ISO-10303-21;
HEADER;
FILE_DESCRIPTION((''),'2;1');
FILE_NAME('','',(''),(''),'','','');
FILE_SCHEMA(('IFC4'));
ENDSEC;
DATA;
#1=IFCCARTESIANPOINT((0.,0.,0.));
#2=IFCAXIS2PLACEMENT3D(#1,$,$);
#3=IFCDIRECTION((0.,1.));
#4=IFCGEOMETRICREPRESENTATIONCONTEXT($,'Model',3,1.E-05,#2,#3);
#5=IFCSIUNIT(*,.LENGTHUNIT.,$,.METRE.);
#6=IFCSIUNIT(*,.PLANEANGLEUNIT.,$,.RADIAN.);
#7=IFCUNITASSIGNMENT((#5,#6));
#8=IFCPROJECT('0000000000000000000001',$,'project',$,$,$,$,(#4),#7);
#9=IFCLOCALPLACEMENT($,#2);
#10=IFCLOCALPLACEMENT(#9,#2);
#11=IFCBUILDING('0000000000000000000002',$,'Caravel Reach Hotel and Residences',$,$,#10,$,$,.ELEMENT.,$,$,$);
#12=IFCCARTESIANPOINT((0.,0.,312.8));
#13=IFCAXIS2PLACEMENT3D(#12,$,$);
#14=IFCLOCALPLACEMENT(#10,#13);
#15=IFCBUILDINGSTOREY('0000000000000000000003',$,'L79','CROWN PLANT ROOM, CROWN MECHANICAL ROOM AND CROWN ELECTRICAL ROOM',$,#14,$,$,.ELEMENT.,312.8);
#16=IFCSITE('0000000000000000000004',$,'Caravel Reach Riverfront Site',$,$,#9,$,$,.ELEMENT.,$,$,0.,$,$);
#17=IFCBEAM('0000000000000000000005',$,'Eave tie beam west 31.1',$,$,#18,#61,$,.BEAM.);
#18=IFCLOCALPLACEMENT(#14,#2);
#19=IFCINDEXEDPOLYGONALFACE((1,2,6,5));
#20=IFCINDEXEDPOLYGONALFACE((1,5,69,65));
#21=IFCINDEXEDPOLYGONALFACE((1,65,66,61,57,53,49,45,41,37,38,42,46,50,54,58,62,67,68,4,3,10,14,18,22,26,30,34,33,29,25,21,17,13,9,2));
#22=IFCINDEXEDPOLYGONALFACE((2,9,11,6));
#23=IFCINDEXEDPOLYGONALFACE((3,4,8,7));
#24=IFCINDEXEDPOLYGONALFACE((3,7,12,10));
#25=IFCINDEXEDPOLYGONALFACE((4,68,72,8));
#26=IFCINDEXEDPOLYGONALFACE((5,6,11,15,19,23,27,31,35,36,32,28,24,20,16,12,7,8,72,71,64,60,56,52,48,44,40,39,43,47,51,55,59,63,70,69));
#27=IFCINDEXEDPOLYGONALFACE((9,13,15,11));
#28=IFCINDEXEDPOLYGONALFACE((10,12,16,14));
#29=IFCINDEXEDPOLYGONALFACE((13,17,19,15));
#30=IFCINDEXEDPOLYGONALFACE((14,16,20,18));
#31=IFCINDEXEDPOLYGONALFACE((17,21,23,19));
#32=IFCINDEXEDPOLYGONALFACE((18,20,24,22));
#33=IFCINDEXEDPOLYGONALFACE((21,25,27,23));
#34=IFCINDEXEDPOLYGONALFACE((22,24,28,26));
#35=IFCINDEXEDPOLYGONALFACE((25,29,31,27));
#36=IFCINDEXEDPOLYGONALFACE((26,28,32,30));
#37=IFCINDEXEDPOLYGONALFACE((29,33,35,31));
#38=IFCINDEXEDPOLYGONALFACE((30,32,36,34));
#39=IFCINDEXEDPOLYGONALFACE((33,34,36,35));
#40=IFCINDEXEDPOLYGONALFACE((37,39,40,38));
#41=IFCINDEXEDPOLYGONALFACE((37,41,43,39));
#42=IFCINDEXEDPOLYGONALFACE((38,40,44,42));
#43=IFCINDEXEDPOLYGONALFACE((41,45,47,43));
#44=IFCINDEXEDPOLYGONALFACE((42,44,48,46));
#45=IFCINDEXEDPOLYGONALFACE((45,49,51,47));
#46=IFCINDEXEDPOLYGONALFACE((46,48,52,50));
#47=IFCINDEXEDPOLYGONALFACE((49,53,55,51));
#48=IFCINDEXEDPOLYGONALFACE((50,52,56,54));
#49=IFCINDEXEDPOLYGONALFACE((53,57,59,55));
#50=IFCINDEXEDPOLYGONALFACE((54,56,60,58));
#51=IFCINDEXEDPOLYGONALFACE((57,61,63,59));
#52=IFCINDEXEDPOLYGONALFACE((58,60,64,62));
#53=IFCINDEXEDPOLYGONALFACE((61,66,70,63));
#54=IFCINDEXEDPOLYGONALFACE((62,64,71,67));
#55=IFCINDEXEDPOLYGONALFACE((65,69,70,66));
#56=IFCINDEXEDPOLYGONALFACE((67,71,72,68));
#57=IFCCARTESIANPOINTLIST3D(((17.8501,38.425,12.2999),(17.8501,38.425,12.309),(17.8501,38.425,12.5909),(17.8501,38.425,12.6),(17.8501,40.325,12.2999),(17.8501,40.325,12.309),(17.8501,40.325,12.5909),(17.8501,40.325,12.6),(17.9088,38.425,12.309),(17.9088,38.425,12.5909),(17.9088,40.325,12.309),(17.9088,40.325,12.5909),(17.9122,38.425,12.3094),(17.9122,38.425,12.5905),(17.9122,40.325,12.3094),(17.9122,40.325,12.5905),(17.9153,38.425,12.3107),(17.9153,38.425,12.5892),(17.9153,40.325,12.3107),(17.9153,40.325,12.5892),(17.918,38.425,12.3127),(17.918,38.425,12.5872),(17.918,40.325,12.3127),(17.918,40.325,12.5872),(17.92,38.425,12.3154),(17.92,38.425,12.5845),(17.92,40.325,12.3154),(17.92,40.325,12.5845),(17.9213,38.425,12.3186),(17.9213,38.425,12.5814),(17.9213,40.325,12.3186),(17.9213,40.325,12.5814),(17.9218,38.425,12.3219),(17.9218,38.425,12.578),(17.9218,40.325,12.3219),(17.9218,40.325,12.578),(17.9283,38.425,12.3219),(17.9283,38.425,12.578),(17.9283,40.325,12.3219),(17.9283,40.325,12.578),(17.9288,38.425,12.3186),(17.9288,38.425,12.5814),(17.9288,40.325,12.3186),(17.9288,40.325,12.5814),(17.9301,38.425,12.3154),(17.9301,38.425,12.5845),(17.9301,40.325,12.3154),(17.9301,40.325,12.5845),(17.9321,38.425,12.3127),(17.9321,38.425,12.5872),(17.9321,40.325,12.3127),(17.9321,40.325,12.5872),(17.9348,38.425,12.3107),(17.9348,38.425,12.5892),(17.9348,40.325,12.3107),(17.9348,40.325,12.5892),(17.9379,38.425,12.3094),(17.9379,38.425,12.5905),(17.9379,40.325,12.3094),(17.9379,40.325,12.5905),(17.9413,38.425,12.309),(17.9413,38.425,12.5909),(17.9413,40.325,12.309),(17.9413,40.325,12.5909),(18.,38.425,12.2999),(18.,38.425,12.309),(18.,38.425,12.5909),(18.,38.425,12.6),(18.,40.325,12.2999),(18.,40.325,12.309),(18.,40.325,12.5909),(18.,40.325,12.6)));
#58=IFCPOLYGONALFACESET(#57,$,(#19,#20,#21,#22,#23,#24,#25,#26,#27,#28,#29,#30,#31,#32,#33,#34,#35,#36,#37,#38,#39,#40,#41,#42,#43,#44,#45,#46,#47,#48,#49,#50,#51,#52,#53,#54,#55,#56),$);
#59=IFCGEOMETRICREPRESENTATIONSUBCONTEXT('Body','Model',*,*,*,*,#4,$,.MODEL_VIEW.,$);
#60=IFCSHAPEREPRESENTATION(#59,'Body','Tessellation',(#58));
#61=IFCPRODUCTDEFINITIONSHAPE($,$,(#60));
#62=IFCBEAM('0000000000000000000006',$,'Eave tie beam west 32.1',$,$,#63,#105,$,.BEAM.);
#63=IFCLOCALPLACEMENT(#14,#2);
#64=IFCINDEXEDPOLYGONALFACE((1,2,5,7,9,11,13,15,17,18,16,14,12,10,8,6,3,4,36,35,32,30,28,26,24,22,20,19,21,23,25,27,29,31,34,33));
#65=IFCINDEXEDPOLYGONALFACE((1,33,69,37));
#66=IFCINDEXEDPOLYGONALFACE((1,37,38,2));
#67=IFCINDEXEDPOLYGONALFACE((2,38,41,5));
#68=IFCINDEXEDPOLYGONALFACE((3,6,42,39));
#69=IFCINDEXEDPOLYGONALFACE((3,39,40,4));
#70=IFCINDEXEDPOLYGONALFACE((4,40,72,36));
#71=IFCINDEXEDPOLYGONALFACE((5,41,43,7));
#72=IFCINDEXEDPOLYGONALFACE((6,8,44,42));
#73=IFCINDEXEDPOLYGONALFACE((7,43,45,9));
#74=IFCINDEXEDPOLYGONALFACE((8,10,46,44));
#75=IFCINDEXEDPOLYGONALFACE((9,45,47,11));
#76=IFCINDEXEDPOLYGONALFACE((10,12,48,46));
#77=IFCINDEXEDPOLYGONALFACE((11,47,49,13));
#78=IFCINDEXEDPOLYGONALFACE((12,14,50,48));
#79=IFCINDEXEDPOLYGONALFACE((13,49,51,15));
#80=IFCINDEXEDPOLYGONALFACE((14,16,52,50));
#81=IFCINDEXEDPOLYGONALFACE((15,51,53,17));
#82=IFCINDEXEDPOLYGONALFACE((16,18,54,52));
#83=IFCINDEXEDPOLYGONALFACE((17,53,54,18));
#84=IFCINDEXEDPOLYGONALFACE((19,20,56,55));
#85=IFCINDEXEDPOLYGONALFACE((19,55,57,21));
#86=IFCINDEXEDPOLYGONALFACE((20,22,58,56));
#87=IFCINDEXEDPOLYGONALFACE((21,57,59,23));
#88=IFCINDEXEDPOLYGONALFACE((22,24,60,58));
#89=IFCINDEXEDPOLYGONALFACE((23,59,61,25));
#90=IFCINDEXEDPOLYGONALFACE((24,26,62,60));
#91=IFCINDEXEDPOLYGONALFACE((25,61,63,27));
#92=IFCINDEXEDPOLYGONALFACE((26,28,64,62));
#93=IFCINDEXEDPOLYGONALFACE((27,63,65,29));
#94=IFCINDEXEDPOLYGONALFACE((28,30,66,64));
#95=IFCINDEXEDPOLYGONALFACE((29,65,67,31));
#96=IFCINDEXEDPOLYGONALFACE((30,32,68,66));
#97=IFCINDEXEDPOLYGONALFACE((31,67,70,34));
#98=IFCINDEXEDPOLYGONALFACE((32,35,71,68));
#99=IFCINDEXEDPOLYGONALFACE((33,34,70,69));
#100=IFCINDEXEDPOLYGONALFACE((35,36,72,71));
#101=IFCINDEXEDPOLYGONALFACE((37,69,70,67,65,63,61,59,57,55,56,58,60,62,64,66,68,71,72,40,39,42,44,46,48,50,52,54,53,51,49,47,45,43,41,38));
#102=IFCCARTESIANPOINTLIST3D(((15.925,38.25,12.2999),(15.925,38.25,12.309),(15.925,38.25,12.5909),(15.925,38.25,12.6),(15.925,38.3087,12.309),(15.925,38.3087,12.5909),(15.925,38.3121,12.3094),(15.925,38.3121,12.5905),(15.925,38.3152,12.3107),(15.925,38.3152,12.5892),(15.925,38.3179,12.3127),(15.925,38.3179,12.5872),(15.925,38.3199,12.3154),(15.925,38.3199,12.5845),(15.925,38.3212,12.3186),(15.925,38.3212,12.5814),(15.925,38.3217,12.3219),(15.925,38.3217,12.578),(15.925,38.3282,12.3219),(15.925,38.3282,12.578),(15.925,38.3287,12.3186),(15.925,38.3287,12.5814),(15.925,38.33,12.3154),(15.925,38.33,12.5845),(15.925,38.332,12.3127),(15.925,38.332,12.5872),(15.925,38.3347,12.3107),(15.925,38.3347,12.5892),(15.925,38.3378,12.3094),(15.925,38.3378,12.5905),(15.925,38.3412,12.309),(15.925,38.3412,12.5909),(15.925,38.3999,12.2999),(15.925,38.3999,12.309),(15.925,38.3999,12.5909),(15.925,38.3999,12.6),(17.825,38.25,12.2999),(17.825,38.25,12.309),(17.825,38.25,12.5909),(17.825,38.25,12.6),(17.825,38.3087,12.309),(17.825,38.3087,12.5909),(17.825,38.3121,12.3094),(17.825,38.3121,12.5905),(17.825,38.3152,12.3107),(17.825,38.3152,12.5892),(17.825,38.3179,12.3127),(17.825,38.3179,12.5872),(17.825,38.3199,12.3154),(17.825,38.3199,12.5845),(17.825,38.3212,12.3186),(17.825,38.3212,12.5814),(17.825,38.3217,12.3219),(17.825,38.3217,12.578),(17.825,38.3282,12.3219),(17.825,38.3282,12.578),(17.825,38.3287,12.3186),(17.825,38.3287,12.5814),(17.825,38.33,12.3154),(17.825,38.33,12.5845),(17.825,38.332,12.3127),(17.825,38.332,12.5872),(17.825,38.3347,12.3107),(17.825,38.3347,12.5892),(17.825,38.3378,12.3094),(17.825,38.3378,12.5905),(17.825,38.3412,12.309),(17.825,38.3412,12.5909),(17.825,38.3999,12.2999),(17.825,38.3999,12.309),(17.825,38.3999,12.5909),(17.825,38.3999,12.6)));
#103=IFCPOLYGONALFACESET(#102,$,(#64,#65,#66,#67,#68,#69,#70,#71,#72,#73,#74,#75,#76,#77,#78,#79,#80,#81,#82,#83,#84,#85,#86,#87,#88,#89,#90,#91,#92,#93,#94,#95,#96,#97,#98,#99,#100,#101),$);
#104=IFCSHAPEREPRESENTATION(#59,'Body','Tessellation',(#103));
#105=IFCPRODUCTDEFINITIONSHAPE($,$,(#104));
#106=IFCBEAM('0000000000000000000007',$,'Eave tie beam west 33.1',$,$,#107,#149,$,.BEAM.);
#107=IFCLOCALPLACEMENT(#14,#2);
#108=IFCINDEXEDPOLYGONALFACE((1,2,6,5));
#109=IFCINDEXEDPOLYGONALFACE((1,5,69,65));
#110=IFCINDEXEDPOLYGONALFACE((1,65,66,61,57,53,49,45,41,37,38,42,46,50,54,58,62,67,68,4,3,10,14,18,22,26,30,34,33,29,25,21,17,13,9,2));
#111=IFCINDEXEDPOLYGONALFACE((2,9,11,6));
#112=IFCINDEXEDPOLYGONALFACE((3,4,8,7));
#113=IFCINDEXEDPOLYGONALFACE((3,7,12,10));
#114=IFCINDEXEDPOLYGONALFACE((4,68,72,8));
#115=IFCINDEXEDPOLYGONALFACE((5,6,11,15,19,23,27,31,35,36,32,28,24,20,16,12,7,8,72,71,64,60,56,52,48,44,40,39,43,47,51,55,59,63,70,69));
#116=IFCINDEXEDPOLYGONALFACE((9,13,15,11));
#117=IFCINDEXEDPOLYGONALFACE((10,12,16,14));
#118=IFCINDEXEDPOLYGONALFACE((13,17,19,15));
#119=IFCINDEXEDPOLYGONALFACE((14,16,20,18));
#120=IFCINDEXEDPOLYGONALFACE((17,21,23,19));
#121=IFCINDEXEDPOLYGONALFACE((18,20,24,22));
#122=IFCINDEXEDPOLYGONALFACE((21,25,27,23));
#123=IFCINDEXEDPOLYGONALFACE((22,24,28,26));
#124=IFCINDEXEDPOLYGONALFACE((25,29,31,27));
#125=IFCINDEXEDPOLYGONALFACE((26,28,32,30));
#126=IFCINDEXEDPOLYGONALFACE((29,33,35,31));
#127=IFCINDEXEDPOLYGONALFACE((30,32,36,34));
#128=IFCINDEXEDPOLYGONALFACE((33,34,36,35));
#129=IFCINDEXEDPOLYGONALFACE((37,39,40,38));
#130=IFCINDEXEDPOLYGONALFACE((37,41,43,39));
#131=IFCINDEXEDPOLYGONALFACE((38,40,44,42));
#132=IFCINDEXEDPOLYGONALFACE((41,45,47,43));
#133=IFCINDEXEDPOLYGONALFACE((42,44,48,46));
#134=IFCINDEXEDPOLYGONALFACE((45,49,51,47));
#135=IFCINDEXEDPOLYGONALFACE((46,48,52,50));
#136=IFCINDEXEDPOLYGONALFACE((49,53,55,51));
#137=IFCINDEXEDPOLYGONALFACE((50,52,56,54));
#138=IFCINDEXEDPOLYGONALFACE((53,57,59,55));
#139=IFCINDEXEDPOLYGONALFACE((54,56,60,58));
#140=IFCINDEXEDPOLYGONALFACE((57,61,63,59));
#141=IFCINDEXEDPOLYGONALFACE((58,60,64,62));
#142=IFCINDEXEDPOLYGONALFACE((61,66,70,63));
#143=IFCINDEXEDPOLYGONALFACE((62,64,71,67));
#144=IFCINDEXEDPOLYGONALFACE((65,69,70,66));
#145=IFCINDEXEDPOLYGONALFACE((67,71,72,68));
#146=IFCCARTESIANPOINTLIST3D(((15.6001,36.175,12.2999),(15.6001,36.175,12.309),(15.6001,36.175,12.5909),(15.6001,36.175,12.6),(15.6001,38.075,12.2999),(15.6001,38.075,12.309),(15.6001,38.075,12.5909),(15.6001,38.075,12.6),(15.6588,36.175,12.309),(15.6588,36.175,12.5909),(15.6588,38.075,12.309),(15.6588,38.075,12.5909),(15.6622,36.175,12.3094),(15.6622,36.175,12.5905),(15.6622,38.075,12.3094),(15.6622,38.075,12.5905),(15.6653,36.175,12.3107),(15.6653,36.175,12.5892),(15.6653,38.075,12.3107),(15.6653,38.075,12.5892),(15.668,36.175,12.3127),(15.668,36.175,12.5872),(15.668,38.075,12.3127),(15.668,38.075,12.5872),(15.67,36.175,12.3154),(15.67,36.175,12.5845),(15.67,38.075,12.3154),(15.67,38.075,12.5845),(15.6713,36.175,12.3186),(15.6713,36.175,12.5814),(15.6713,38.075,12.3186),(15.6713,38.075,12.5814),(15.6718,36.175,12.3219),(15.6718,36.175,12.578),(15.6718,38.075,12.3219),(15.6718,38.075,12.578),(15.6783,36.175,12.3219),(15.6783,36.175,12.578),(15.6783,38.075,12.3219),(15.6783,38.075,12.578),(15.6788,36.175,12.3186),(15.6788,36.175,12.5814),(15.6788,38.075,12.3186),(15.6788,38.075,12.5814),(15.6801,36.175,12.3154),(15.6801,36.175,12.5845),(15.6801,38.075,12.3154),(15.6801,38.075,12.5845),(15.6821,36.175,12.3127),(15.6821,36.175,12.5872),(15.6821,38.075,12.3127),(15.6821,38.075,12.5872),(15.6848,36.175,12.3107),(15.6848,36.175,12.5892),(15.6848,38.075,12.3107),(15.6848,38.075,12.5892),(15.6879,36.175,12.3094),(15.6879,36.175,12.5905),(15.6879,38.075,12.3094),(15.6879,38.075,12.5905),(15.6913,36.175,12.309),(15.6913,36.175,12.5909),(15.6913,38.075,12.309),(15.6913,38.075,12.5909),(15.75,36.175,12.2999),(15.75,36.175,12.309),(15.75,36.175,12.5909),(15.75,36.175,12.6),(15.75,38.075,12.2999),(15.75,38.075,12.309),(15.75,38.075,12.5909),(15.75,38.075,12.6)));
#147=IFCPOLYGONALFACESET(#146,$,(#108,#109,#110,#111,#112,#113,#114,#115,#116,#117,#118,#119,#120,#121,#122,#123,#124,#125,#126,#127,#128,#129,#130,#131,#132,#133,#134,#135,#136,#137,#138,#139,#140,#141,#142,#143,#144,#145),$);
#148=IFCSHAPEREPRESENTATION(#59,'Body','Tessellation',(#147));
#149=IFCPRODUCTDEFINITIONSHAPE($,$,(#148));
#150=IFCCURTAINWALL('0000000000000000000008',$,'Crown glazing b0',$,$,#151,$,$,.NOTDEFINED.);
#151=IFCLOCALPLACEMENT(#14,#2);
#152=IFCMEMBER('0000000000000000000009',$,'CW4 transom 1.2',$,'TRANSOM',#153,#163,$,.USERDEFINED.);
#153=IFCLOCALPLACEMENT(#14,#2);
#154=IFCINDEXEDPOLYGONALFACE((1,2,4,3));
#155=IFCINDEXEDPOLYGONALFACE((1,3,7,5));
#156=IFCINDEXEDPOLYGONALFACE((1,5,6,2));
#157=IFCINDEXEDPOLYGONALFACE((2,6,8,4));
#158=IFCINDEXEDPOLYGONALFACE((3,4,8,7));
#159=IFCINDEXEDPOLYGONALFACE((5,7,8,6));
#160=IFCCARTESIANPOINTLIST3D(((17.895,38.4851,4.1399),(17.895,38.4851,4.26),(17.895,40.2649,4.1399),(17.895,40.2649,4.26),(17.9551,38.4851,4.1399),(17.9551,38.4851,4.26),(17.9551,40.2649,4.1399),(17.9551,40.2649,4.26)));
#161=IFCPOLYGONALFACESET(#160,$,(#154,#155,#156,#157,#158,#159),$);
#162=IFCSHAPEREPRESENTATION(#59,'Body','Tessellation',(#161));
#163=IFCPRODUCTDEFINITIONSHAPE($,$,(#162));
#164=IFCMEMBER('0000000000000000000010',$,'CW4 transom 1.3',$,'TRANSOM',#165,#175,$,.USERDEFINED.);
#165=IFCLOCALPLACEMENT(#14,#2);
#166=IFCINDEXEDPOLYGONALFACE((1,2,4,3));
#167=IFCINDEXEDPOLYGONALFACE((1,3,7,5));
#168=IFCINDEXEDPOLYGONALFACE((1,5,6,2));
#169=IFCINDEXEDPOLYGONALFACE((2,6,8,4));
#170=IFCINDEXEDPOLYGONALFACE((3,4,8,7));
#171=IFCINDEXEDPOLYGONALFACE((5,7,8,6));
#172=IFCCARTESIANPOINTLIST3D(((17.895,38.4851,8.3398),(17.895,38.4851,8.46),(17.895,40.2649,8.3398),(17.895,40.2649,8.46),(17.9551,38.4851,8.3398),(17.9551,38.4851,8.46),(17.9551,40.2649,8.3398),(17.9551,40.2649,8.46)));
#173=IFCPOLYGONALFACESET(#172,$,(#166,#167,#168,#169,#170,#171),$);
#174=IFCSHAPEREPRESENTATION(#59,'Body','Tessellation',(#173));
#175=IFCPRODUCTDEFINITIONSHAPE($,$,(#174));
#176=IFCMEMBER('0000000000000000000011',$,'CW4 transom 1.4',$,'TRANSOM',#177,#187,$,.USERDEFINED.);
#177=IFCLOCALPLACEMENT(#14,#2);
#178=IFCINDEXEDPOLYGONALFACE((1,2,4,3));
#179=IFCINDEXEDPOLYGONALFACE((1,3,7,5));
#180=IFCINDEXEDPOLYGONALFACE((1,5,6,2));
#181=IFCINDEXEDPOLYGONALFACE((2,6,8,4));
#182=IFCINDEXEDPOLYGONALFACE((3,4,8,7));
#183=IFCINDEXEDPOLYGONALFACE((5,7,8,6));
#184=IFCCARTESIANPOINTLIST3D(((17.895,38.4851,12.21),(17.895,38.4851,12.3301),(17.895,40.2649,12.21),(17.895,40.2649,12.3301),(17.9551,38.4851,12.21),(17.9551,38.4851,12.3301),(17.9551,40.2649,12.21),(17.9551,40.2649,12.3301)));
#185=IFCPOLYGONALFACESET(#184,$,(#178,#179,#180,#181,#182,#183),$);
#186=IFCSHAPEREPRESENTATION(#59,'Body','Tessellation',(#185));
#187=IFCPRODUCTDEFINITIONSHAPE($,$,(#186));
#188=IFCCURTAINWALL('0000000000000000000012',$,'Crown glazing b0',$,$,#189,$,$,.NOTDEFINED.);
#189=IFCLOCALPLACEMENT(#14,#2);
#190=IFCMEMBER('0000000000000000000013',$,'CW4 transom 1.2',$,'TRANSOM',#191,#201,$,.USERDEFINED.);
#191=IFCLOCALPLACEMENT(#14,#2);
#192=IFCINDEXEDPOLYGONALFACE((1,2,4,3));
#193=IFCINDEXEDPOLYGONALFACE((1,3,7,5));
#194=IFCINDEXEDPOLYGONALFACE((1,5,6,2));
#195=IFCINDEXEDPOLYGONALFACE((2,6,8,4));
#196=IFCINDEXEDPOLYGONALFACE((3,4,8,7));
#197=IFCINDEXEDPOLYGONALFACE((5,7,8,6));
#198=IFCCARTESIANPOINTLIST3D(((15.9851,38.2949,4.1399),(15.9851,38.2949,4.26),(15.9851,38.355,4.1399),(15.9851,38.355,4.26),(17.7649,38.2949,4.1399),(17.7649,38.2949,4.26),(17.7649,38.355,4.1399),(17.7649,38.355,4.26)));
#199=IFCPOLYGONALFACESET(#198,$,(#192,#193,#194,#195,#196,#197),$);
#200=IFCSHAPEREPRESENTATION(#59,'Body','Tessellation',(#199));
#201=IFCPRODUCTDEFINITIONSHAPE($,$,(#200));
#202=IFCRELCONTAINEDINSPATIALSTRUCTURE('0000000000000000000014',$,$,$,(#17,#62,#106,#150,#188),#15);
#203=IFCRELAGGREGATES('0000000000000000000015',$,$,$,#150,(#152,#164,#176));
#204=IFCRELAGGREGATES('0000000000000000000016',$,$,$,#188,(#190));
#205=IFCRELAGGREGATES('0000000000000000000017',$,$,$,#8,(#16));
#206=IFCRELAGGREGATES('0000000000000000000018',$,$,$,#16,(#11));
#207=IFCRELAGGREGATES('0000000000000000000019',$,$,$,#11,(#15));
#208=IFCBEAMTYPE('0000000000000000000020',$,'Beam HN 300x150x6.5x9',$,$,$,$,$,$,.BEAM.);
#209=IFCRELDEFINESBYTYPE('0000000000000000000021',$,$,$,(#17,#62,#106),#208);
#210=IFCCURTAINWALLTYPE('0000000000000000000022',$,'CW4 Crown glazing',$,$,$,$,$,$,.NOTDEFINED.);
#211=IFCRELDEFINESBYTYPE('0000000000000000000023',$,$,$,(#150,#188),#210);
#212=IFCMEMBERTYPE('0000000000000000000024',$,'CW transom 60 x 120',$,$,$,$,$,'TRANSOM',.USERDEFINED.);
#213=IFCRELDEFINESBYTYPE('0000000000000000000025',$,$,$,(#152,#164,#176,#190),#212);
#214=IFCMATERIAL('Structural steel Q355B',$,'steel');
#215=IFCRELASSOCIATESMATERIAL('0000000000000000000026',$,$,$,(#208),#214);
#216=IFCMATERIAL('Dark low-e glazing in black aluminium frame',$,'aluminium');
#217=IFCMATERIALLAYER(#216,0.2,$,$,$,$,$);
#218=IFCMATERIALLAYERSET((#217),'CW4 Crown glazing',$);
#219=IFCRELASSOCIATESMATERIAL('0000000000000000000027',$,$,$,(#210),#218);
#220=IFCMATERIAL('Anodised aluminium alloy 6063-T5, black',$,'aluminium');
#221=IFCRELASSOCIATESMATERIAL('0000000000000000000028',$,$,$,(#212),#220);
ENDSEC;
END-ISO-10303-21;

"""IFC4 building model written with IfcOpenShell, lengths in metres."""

from ifc_helpers import new_model, si_unit, direction, frame, origin, origin_2d, place, context, subcontext, project, spatial, rectangle, i_section, extrude, material, layer, layer_set, material_profile, profile_set, type_object, element, aggregate, save


model = new_model("IFC4")

# Units and contexts
model_context = context("Model", 3, precision=1e-05, world=origin(), true_north=direction((0.0, 1.0)))
body_context = subcontext(model_context, "Body", "Model", "MODEL_VIEW")
ifc_project = project(units=[si_unit("LENGTHUNIT", "METRE"), si_unit("PLANEANGLEUNIT", "RADIAN")], contexts=[model_context])

# Site, building, storey
site_placement = place(None, origin())
site = spatial("IfcSite", under=ifc_project, at=site_placement, Name="Caravel Reach Riverfront Site", CompositionType="ELEMENT", RefElevation=0.0)
building_placement = place(site_placement, origin())
building = spatial("IfcBuilding", under=site, at=building_placement, Name="Caravel Reach Hotel and Residences", CompositionType="ELEMENT")
storey_placement = place(building_placement, frame((0.0, 0.0, 312.8)))
storey = spatial("IfcBuildingStorey", under=building, at=storey_placement, Name="L79", Description="CROWN PLANT ROOM, CROWN MECHANICAL ROOM AND CROWN ELECTRICAL ROOM", CompositionType="ELEMENT", Elevation=312.8)

# Beams
ifc_material_1 = material(Name="Structural steel Q355B", Category="steel")
ifc_material_profile_1 = material_profile(ifc_material_1, i_section(OverallWidth=0.1499, OverallDepth=0.3, WebThickness=0.0066, FlangeThickness=0.009, FilletRadius=0.0129, at=origin_2d()), Name="HN 300x150x6.5x9")
ifc_profile_set_1 = profile_set([ifc_material_profile_1], Name="Structural steel Q355B")
beam_type = type_object("IfcBeamType", Name="Beam HN 300x150x6.5x9", PredefinedType="BEAM", material=ifc_profile_set_1)
for number, where, z_axis, x_axis, name in (
    (1, (17.925, 40.325, 12.45), (0.0, -1.0, 0.0), (1.0, 0.0, 0.0), "Eave tie beam west 31.1"),
    (2, (17.825, 38.325, 12.45), (-1.0, 0.0, 0.0), (0.0, -1.0, 0.0), "Eave tie beam west 32.1"),
    (3, (15.675, 38.075, 12.45), (0.0, -1.0, 0.0), (1.0, 0.0, 0.0), "Eave tie beam west 33.1"),
):
    element("IfcBeam", number, at=place(storey_placement, frame(where, z_axis=z_axis, x_axis=x_axis)), inside=storey, type_object=beam_type, Name=name, PredefinedType="BEAM", context=body_context, shape_type="SweptSolid", body=[
        extrude(i_section(OverallWidth=0.1499, OverallDepth=0.3, WebThickness=0.0066, FlangeThickness=0.009, FilletRadius=0.0129, at=origin_2d()), origin(), (0.0, 0.0, 1.0), 1.8999),
    ])

# Curtain walls, members
ifc_material_2 = material(Name="Dark low-e glazing in black aluminium frame", Category="aluminium")
ifc_layer_1 = layer(ifc_material_2, 0.2)
ifc_layer_set_1 = layer_set([ifc_layer_1], Name="CW4 Crown glazing")
curtain_wall_type = type_object("IfcCurtainWallType", Name="CW4 Crown glazing", PredefinedType="NOTDEFINED", material=ifc_layer_set_1)
curtain_wall_1_placement = place(storey_placement, origin())
curtain_wall_1 = element("IfcCurtainWall", 4, at=curtain_wall_1_placement, inside=storey, type_object=curtain_wall_type, Name="Crown glazing b0", PredefinedType="NOTDEFINED")
ifc_material_3 = material(Name="Anodised aluminium alloy 6063-T5, black", Category="aluminium")
ifc_material_profile_2 = material_profile(ifc_material_3, rectangle(XDim=0.0601, YDim=0.1201, at=origin_2d()), Name="CW transom 60 x 120")
ifc_profile_set_2 = profile_set([ifc_material_profile_2], Name="Anodised aluminium alloy 6063-T5, black")
member_type = type_object("IfcMemberType", Name="CW transom 60 x 120", ElementType="TRANSOM", PredefinedType="USERDEFINED", material=ifc_profile_set_2)
member_1_placement = place(storey_placement, frame((17.925, 40.2649, 4.2), z_axis=(0.0, -1.0, 0.0), x_axis=(1.0, 0.0, 0.0)))
member_1 = element("IfcMember", 5, at=member_1_placement, type_object=member_type, Name="CW4 transom 1.2", ObjectType="TRANSOM", PredefinedType="USERDEFINED", context=body_context, shape_type="SweptSolid", body=[
    extrude(rectangle(XDim=0.0601, YDim=0.1201, at=origin_2d()), origin(), (0.0, 0.0, 1.0), 1.7798),
])
member_2_placement = place(storey_placement, frame((17.925, 40.2649, 8.3999), z_axis=(0.0, -1.0, 0.0), x_axis=(1.0, 0.0, 0.0)))
member_2 = element("IfcMember", 6, at=member_2_placement, type_object=member_type, Name="CW4 transom 1.3", ObjectType="TRANSOM", PredefinedType="USERDEFINED", context=body_context, shape_type="SweptSolid", body=[
    extrude(rectangle(XDim=0.0601, YDim=0.1201, at=origin_2d()), origin(), (0.0, 0.0, 1.0), 1.7798),
])
member_3_placement = place(storey_placement, frame((17.925, 40.2649, 12.27), z_axis=(0.0, -1.0, 0.0), x_axis=(1.0, 0.0, 0.0)))
member_3 = element("IfcMember", 7, at=member_3_placement, type_object=member_type, Name="CW4 transom 1.4", ObjectType="TRANSOM", PredefinedType="USERDEFINED", context=body_context, shape_type="SweptSolid", body=[
    extrude(rectangle(XDim=0.0601, YDim=0.1201, at=origin_2d()), origin(), (0.0, 0.0, 1.0), 1.7798),
])
curtain_wall_2_placement = place(storey_placement, origin())
curtain_wall_2 = element("IfcCurtainWall", 8, at=curtain_wall_2_placement, inside=storey, type_object=curtain_wall_type, Name="Crown glazing b0", PredefinedType="NOTDEFINED")
member_4_placement = place(storey_placement, frame((17.7649, 38.325, 4.2), z_axis=(-1.0, 0.0, 0.0), x_axis=(0.0, -1.0, 0.0)))
member_4 = element("IfcMember", 9, at=member_4_placement, type_object=member_type, Name="CW4 transom 1.2", ObjectType="TRANSOM", PredefinedType="USERDEFINED", context=body_context, shape_type="SweptSolid", body=[
    extrude(rectangle(XDim=0.0601, YDim=0.1201, at=origin_2d()), origin(), (0.0, 0.0, 1.0), 1.7798),
])

aggregate(curtain_wall_1, [member_1, member_2, member_3])
aggregate(curtain_wall_2, [member_4])

save(model, "model.ifc")
